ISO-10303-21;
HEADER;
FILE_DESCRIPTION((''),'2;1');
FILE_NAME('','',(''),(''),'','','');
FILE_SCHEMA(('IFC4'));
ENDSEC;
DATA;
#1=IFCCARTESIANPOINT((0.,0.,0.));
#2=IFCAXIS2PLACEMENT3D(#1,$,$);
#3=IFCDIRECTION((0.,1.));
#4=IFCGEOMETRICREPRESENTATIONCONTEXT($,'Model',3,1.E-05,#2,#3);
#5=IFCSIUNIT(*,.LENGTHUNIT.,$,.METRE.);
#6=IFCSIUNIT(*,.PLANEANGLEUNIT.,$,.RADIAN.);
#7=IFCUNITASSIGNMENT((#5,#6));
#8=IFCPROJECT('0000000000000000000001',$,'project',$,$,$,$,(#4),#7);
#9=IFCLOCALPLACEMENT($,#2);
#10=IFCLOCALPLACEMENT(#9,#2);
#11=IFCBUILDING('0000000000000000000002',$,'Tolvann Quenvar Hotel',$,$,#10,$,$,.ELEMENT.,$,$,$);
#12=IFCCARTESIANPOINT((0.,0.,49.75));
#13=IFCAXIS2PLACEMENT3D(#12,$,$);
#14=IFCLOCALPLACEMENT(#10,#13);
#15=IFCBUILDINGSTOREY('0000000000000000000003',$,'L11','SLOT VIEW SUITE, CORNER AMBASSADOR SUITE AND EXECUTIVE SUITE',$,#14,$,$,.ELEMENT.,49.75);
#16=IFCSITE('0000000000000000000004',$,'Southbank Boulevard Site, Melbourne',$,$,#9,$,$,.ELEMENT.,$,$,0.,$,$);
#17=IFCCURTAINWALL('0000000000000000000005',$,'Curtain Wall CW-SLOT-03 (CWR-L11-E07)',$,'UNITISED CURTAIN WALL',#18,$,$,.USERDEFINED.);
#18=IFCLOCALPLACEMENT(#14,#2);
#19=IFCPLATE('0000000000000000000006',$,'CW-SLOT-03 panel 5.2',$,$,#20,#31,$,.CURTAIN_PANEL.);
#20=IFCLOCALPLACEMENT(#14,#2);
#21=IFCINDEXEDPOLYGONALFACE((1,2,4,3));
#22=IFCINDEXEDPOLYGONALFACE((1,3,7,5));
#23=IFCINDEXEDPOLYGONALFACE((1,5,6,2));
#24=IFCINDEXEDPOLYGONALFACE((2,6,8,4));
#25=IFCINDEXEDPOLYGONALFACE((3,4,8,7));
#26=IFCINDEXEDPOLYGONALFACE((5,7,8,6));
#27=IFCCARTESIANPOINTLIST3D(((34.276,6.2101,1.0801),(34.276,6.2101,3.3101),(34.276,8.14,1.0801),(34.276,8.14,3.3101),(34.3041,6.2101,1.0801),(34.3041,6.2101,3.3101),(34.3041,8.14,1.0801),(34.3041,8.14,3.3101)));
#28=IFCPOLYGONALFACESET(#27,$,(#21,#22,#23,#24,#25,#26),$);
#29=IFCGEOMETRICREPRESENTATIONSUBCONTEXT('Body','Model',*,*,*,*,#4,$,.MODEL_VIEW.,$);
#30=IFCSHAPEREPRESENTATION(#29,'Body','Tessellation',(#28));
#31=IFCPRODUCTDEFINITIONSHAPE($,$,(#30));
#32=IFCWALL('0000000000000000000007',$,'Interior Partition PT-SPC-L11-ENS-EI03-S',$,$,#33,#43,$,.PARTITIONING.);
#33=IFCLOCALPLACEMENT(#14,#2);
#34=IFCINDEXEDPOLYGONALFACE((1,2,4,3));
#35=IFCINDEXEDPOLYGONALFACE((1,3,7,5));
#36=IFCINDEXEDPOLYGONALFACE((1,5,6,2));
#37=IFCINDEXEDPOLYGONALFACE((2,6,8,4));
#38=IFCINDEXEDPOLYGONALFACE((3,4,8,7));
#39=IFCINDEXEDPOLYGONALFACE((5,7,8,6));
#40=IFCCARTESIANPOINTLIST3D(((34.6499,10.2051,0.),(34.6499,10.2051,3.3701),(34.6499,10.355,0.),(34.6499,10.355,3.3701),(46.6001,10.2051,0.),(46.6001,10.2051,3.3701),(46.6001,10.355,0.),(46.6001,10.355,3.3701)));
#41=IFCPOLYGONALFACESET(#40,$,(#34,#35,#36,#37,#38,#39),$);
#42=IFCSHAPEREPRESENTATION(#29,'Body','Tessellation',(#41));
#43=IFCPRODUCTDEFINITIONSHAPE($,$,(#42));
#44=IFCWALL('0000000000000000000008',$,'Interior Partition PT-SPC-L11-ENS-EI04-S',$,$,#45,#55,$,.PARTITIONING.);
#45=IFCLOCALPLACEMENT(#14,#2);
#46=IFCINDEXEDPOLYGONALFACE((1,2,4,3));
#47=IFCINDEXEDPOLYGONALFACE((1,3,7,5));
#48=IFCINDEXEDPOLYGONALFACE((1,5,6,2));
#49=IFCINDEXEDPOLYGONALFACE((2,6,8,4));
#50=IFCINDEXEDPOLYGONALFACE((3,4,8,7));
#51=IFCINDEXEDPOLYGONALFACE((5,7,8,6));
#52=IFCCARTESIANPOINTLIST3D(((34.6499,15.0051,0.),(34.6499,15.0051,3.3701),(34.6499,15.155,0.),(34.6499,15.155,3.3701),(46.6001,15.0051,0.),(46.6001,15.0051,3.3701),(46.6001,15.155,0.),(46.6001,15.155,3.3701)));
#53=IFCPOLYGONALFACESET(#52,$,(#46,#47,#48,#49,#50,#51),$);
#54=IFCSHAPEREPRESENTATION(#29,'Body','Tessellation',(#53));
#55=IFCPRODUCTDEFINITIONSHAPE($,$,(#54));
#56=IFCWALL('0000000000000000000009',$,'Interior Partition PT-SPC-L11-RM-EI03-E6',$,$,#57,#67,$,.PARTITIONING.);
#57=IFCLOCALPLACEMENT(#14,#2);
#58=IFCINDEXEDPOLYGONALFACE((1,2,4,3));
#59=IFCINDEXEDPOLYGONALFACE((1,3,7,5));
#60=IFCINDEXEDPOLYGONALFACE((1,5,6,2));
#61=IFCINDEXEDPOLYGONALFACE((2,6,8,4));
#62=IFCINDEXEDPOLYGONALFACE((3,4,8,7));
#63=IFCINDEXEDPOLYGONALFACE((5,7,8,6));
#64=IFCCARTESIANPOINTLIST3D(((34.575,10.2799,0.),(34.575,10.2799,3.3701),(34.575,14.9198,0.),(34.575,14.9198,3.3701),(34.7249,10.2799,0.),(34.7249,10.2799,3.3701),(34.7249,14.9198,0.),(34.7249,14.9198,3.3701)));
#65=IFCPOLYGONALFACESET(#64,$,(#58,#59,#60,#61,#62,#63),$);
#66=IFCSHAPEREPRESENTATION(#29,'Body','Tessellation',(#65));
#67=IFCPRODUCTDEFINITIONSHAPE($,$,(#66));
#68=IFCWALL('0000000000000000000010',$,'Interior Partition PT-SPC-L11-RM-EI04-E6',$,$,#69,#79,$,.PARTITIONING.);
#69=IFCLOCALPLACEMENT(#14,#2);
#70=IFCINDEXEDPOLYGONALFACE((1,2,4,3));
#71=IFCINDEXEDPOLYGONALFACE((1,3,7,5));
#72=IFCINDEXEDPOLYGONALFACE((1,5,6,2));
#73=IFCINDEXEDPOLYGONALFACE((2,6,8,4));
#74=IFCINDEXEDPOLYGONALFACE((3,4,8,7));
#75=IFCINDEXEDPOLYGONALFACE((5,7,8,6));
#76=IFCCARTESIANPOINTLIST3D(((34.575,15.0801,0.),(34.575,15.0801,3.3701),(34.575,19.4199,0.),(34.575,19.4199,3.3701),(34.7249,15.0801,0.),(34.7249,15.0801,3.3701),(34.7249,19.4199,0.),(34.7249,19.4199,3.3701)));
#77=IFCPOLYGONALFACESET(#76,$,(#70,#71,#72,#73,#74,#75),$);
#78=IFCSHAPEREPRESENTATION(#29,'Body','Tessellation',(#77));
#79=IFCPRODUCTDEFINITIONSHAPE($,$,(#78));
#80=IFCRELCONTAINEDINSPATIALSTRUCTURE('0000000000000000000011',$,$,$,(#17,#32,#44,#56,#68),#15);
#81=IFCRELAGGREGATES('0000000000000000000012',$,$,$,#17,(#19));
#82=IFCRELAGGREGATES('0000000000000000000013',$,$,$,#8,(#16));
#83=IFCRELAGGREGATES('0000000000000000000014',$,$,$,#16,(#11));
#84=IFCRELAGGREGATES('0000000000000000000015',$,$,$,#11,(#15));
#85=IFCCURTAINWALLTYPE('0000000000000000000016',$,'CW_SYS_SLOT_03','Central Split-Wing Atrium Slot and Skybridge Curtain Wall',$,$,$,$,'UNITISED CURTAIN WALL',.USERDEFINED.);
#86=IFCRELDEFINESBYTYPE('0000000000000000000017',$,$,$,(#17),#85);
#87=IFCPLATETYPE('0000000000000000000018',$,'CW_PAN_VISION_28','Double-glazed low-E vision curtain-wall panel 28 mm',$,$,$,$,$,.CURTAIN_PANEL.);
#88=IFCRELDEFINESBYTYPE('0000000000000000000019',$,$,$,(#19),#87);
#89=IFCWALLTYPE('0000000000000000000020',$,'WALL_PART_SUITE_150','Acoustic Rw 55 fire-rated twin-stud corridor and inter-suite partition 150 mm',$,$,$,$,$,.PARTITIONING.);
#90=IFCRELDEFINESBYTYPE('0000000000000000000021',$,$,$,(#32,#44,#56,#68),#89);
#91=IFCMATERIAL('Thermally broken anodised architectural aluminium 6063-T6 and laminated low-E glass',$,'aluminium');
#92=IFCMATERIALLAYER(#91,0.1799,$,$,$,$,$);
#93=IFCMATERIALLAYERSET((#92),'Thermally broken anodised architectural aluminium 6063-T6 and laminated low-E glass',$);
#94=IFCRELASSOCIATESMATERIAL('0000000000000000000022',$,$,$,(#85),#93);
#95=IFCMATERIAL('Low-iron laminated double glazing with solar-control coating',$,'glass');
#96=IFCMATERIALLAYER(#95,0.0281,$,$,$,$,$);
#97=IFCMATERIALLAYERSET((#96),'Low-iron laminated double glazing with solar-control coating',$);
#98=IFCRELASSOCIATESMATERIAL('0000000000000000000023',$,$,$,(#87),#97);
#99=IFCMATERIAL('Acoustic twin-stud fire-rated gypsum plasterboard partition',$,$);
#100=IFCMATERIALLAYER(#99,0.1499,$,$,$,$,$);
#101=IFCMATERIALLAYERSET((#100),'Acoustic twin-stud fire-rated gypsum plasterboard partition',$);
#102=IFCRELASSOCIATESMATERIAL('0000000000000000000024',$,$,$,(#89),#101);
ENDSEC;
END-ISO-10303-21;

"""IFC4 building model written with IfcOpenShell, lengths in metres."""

from ifc_helpers import new_model, si_unit, direction, frame, frame_2d, origin, origin_2d, place, context, subcontext, project, spatial, rectangle, extrude, source, transform, mapped, material, layer, layer_set, type_object, element, aggregate, save


model = new_model("IFC4")

# Units and contexts
model_context = context("Model", 3, precision=1e-05, world=origin(), true_north=direction((0.0, 1.0)))
body_context = subcontext(model_context, "Body", "Model", "MODEL_VIEW")
ifc_project = project(units=[si_unit("LENGTHUNIT", "METRE"), si_unit("PLANEANGLEUNIT", "RADIAN")], contexts=[model_context])

# Site, building, storey
site_placement = place(None, origin())
site = spatial("IfcSite", under=ifc_project, at=site_placement, Name="Southbank Boulevard Site, Melbourne", CompositionType="ELEMENT", RefElevation=0.0)
building_placement = place(site_placement, origin())
building = spatial("IfcBuilding", under=site, at=building_placement, Name="Tolvann Quenvar Hotel", CompositionType="ELEMENT")
storey_placement = place(building_placement, frame((0.0, 0.0, 49.75)))
storey = spatial("IfcBuildingStorey", under=building, at=storey_placement, Name="L11", Description="SLOT VIEW SUITE, CORNER AMBASSADOR SUITE AND EXECUTIVE SUITE", CompositionType="ELEMENT", Elevation=49.75)

# Curtain wall, plate
ifc_material_1 = material(Name="Thermally broken anodised architectural aluminium 6063-T6 and laminated low-E glass", Category="aluminium")
ifc_layer_1 = layer(ifc_material_1, 0.1799)
ifc_layer_set_1 = layer_set([ifc_layer_1], Name="Thermally broken anodised architectural aluminium 6063-T6 and laminated low-E glass")
curtain_wall_type = type_object("IfcCurtainWallType", Name="CW_SYS_SLOT_03", Description="Central Split-Wing Atrium Slot and Skybridge Curtain Wall", ElementType="UNITISED CURTAIN WALL", PredefinedType="USERDEFINED", material=ifc_layer_set_1)
curtain_wall_placement = place(storey_placement, origin())
curtain_wall = element("IfcCurtainWall", 1, at=curtain_wall_placement, inside=storey, type_object=curtain_wall_type, Name="Curtain Wall CW-SLOT-03 (CWR-L11-E07)", ObjectType="UNITISED CURTAIN WALL", PredefinedType="USERDEFINED")
ifc_material_2 = material(Name="Low-iron laminated double glazing with solar-control coating", Category="glass")
ifc_layer_2 = layer(ifc_material_2, 0.0281)
ifc_layer_set_2 = layer_set([ifc_layer_2], Name="Low-iron laminated double glazing with solar-control coating")
plate_type = type_object("IfcPlateType", Name="CW_PAN_VISION_28", Description="Double-glazed low-E vision curtain-wall panel 28 mm", PredefinedType="CURTAIN_PANEL", material=ifc_layer_set_2)
shared_shape_1 = source(origin(), body_context, "Body", "SweptSolid", [
    extrude(rectangle(XDim=1.9299, YDim=0.0281, at=origin_2d()), origin(), (0.0, 0.0, 1.0), 2.23),
])
plate_1_placement = place(storey_placement, frame((34.29, 7.175, 1.0801), z_axis=(0.0, 0.0, 1.0), x_axis=(0.0, -1.0, 0.0)))
plate_1 = element("IfcPlate", 2, at=plate_1_placement, type_object=plate_type, Name="CW-SLOT-03 panel 5.2", PredefinedType="CURTAIN_PANEL", context=body_context, shape_type="MappedRepresentation", body=[
    mapped(shared_shape_1, transform((0.0, 0.0, 0.0), x_axis=(1.0, 0.0, 0.0), y_axis=(0.0, 1.0, 0.0), z_axis=(0.0, 0.0, 1.0), scale=1.0)),
])
aggregate(curtain_wall, [plate_1])

# Walls
ifc_material_3 = material(Name="Acoustic twin-stud fire-rated gypsum plasterboard partition")
ifc_layer_3 = layer(ifc_material_3, 0.1499)
ifc_layer_set_3 = layer_set([ifc_layer_3], Name="Acoustic twin-stud fire-rated gypsum plasterboard partition")
wall_type = type_object("IfcWallType", Name="WALL_PART_SUITE_150", Description="Acoustic Rw 55 fire-rated twin-stud corridor and inter-suite partition 150 mm", PredefinedType="PARTITIONING", material=ifc_layer_set_3)
for number, where, z_axis, x_axis, name in (
    (3, (34.6499, 10.28, 0.0), (0.0, 0.0, 1.0), (1.0, 0.0, 0.0), "Interior Partition PT-SPC-L11-ENS-EI03-S"),
    (4, (34.6499, 15.0801, 0.0), (0.0, 0.0, 1.0), (1.0, 0.0, 0.0), "Interior Partition PT-SPC-L11-ENS-EI04-S"),
):
    element("IfcWall", number, at=place(storey_placement, frame(where, z_axis=z_axis, x_axis=x_axis)), inside=storey, type_object=wall_type, Name=name, PredefinedType="PARTITIONING", context=body_context, shape_type="SweptSolid", body=[
        extrude(rectangle(XDim=11.9502, YDim=0.1499, at=frame_2d((5.9751, 0.0))), origin(), (0.0, 0.0, 1.0), 3.3701),
    ])
wall_1_placement = place(storey_placement, frame((34.6499, 10.28, 0.0), z_axis=(0.0, 0.0, 1.0), x_axis=(0.0, 1.0, 0.0)))
element("IfcWall", 5, at=wall_1_placement, inside=storey, type_object=wall_type, Name="Interior Partition PT-SPC-L11-RM-EI03-E6", PredefinedType="PARTITIONING", context=body_context, shape_type="SweptSolid", body=[
    extrude(rectangle(XDim=4.6399, YDim=0.1499, at=frame_2d((2.3198, 0.0))), origin(), (0.0, 0.0, 1.0), 3.3701),
])
wall_2_placement = place(storey_placement, frame((34.6499, 15.0801, 0.0), z_axis=(0.0, 0.0, 1.0), x_axis=(0.0, 1.0, 0.0)))
element("IfcWall", 6, at=wall_2_placement, inside=storey, type_object=wall_type, Name="Interior Partition PT-SPC-L11-RM-EI04-E6", PredefinedType="PARTITIONING", context=body_context, shape_type="SweptSolid", body=[
    extrude(rectangle(XDim=4.3398, YDim=0.1499, at=frame_2d((2.1699, 0.0))), origin(), (0.0, 0.0, 1.0), 3.3701),
])

save(model, "model.ifc")
